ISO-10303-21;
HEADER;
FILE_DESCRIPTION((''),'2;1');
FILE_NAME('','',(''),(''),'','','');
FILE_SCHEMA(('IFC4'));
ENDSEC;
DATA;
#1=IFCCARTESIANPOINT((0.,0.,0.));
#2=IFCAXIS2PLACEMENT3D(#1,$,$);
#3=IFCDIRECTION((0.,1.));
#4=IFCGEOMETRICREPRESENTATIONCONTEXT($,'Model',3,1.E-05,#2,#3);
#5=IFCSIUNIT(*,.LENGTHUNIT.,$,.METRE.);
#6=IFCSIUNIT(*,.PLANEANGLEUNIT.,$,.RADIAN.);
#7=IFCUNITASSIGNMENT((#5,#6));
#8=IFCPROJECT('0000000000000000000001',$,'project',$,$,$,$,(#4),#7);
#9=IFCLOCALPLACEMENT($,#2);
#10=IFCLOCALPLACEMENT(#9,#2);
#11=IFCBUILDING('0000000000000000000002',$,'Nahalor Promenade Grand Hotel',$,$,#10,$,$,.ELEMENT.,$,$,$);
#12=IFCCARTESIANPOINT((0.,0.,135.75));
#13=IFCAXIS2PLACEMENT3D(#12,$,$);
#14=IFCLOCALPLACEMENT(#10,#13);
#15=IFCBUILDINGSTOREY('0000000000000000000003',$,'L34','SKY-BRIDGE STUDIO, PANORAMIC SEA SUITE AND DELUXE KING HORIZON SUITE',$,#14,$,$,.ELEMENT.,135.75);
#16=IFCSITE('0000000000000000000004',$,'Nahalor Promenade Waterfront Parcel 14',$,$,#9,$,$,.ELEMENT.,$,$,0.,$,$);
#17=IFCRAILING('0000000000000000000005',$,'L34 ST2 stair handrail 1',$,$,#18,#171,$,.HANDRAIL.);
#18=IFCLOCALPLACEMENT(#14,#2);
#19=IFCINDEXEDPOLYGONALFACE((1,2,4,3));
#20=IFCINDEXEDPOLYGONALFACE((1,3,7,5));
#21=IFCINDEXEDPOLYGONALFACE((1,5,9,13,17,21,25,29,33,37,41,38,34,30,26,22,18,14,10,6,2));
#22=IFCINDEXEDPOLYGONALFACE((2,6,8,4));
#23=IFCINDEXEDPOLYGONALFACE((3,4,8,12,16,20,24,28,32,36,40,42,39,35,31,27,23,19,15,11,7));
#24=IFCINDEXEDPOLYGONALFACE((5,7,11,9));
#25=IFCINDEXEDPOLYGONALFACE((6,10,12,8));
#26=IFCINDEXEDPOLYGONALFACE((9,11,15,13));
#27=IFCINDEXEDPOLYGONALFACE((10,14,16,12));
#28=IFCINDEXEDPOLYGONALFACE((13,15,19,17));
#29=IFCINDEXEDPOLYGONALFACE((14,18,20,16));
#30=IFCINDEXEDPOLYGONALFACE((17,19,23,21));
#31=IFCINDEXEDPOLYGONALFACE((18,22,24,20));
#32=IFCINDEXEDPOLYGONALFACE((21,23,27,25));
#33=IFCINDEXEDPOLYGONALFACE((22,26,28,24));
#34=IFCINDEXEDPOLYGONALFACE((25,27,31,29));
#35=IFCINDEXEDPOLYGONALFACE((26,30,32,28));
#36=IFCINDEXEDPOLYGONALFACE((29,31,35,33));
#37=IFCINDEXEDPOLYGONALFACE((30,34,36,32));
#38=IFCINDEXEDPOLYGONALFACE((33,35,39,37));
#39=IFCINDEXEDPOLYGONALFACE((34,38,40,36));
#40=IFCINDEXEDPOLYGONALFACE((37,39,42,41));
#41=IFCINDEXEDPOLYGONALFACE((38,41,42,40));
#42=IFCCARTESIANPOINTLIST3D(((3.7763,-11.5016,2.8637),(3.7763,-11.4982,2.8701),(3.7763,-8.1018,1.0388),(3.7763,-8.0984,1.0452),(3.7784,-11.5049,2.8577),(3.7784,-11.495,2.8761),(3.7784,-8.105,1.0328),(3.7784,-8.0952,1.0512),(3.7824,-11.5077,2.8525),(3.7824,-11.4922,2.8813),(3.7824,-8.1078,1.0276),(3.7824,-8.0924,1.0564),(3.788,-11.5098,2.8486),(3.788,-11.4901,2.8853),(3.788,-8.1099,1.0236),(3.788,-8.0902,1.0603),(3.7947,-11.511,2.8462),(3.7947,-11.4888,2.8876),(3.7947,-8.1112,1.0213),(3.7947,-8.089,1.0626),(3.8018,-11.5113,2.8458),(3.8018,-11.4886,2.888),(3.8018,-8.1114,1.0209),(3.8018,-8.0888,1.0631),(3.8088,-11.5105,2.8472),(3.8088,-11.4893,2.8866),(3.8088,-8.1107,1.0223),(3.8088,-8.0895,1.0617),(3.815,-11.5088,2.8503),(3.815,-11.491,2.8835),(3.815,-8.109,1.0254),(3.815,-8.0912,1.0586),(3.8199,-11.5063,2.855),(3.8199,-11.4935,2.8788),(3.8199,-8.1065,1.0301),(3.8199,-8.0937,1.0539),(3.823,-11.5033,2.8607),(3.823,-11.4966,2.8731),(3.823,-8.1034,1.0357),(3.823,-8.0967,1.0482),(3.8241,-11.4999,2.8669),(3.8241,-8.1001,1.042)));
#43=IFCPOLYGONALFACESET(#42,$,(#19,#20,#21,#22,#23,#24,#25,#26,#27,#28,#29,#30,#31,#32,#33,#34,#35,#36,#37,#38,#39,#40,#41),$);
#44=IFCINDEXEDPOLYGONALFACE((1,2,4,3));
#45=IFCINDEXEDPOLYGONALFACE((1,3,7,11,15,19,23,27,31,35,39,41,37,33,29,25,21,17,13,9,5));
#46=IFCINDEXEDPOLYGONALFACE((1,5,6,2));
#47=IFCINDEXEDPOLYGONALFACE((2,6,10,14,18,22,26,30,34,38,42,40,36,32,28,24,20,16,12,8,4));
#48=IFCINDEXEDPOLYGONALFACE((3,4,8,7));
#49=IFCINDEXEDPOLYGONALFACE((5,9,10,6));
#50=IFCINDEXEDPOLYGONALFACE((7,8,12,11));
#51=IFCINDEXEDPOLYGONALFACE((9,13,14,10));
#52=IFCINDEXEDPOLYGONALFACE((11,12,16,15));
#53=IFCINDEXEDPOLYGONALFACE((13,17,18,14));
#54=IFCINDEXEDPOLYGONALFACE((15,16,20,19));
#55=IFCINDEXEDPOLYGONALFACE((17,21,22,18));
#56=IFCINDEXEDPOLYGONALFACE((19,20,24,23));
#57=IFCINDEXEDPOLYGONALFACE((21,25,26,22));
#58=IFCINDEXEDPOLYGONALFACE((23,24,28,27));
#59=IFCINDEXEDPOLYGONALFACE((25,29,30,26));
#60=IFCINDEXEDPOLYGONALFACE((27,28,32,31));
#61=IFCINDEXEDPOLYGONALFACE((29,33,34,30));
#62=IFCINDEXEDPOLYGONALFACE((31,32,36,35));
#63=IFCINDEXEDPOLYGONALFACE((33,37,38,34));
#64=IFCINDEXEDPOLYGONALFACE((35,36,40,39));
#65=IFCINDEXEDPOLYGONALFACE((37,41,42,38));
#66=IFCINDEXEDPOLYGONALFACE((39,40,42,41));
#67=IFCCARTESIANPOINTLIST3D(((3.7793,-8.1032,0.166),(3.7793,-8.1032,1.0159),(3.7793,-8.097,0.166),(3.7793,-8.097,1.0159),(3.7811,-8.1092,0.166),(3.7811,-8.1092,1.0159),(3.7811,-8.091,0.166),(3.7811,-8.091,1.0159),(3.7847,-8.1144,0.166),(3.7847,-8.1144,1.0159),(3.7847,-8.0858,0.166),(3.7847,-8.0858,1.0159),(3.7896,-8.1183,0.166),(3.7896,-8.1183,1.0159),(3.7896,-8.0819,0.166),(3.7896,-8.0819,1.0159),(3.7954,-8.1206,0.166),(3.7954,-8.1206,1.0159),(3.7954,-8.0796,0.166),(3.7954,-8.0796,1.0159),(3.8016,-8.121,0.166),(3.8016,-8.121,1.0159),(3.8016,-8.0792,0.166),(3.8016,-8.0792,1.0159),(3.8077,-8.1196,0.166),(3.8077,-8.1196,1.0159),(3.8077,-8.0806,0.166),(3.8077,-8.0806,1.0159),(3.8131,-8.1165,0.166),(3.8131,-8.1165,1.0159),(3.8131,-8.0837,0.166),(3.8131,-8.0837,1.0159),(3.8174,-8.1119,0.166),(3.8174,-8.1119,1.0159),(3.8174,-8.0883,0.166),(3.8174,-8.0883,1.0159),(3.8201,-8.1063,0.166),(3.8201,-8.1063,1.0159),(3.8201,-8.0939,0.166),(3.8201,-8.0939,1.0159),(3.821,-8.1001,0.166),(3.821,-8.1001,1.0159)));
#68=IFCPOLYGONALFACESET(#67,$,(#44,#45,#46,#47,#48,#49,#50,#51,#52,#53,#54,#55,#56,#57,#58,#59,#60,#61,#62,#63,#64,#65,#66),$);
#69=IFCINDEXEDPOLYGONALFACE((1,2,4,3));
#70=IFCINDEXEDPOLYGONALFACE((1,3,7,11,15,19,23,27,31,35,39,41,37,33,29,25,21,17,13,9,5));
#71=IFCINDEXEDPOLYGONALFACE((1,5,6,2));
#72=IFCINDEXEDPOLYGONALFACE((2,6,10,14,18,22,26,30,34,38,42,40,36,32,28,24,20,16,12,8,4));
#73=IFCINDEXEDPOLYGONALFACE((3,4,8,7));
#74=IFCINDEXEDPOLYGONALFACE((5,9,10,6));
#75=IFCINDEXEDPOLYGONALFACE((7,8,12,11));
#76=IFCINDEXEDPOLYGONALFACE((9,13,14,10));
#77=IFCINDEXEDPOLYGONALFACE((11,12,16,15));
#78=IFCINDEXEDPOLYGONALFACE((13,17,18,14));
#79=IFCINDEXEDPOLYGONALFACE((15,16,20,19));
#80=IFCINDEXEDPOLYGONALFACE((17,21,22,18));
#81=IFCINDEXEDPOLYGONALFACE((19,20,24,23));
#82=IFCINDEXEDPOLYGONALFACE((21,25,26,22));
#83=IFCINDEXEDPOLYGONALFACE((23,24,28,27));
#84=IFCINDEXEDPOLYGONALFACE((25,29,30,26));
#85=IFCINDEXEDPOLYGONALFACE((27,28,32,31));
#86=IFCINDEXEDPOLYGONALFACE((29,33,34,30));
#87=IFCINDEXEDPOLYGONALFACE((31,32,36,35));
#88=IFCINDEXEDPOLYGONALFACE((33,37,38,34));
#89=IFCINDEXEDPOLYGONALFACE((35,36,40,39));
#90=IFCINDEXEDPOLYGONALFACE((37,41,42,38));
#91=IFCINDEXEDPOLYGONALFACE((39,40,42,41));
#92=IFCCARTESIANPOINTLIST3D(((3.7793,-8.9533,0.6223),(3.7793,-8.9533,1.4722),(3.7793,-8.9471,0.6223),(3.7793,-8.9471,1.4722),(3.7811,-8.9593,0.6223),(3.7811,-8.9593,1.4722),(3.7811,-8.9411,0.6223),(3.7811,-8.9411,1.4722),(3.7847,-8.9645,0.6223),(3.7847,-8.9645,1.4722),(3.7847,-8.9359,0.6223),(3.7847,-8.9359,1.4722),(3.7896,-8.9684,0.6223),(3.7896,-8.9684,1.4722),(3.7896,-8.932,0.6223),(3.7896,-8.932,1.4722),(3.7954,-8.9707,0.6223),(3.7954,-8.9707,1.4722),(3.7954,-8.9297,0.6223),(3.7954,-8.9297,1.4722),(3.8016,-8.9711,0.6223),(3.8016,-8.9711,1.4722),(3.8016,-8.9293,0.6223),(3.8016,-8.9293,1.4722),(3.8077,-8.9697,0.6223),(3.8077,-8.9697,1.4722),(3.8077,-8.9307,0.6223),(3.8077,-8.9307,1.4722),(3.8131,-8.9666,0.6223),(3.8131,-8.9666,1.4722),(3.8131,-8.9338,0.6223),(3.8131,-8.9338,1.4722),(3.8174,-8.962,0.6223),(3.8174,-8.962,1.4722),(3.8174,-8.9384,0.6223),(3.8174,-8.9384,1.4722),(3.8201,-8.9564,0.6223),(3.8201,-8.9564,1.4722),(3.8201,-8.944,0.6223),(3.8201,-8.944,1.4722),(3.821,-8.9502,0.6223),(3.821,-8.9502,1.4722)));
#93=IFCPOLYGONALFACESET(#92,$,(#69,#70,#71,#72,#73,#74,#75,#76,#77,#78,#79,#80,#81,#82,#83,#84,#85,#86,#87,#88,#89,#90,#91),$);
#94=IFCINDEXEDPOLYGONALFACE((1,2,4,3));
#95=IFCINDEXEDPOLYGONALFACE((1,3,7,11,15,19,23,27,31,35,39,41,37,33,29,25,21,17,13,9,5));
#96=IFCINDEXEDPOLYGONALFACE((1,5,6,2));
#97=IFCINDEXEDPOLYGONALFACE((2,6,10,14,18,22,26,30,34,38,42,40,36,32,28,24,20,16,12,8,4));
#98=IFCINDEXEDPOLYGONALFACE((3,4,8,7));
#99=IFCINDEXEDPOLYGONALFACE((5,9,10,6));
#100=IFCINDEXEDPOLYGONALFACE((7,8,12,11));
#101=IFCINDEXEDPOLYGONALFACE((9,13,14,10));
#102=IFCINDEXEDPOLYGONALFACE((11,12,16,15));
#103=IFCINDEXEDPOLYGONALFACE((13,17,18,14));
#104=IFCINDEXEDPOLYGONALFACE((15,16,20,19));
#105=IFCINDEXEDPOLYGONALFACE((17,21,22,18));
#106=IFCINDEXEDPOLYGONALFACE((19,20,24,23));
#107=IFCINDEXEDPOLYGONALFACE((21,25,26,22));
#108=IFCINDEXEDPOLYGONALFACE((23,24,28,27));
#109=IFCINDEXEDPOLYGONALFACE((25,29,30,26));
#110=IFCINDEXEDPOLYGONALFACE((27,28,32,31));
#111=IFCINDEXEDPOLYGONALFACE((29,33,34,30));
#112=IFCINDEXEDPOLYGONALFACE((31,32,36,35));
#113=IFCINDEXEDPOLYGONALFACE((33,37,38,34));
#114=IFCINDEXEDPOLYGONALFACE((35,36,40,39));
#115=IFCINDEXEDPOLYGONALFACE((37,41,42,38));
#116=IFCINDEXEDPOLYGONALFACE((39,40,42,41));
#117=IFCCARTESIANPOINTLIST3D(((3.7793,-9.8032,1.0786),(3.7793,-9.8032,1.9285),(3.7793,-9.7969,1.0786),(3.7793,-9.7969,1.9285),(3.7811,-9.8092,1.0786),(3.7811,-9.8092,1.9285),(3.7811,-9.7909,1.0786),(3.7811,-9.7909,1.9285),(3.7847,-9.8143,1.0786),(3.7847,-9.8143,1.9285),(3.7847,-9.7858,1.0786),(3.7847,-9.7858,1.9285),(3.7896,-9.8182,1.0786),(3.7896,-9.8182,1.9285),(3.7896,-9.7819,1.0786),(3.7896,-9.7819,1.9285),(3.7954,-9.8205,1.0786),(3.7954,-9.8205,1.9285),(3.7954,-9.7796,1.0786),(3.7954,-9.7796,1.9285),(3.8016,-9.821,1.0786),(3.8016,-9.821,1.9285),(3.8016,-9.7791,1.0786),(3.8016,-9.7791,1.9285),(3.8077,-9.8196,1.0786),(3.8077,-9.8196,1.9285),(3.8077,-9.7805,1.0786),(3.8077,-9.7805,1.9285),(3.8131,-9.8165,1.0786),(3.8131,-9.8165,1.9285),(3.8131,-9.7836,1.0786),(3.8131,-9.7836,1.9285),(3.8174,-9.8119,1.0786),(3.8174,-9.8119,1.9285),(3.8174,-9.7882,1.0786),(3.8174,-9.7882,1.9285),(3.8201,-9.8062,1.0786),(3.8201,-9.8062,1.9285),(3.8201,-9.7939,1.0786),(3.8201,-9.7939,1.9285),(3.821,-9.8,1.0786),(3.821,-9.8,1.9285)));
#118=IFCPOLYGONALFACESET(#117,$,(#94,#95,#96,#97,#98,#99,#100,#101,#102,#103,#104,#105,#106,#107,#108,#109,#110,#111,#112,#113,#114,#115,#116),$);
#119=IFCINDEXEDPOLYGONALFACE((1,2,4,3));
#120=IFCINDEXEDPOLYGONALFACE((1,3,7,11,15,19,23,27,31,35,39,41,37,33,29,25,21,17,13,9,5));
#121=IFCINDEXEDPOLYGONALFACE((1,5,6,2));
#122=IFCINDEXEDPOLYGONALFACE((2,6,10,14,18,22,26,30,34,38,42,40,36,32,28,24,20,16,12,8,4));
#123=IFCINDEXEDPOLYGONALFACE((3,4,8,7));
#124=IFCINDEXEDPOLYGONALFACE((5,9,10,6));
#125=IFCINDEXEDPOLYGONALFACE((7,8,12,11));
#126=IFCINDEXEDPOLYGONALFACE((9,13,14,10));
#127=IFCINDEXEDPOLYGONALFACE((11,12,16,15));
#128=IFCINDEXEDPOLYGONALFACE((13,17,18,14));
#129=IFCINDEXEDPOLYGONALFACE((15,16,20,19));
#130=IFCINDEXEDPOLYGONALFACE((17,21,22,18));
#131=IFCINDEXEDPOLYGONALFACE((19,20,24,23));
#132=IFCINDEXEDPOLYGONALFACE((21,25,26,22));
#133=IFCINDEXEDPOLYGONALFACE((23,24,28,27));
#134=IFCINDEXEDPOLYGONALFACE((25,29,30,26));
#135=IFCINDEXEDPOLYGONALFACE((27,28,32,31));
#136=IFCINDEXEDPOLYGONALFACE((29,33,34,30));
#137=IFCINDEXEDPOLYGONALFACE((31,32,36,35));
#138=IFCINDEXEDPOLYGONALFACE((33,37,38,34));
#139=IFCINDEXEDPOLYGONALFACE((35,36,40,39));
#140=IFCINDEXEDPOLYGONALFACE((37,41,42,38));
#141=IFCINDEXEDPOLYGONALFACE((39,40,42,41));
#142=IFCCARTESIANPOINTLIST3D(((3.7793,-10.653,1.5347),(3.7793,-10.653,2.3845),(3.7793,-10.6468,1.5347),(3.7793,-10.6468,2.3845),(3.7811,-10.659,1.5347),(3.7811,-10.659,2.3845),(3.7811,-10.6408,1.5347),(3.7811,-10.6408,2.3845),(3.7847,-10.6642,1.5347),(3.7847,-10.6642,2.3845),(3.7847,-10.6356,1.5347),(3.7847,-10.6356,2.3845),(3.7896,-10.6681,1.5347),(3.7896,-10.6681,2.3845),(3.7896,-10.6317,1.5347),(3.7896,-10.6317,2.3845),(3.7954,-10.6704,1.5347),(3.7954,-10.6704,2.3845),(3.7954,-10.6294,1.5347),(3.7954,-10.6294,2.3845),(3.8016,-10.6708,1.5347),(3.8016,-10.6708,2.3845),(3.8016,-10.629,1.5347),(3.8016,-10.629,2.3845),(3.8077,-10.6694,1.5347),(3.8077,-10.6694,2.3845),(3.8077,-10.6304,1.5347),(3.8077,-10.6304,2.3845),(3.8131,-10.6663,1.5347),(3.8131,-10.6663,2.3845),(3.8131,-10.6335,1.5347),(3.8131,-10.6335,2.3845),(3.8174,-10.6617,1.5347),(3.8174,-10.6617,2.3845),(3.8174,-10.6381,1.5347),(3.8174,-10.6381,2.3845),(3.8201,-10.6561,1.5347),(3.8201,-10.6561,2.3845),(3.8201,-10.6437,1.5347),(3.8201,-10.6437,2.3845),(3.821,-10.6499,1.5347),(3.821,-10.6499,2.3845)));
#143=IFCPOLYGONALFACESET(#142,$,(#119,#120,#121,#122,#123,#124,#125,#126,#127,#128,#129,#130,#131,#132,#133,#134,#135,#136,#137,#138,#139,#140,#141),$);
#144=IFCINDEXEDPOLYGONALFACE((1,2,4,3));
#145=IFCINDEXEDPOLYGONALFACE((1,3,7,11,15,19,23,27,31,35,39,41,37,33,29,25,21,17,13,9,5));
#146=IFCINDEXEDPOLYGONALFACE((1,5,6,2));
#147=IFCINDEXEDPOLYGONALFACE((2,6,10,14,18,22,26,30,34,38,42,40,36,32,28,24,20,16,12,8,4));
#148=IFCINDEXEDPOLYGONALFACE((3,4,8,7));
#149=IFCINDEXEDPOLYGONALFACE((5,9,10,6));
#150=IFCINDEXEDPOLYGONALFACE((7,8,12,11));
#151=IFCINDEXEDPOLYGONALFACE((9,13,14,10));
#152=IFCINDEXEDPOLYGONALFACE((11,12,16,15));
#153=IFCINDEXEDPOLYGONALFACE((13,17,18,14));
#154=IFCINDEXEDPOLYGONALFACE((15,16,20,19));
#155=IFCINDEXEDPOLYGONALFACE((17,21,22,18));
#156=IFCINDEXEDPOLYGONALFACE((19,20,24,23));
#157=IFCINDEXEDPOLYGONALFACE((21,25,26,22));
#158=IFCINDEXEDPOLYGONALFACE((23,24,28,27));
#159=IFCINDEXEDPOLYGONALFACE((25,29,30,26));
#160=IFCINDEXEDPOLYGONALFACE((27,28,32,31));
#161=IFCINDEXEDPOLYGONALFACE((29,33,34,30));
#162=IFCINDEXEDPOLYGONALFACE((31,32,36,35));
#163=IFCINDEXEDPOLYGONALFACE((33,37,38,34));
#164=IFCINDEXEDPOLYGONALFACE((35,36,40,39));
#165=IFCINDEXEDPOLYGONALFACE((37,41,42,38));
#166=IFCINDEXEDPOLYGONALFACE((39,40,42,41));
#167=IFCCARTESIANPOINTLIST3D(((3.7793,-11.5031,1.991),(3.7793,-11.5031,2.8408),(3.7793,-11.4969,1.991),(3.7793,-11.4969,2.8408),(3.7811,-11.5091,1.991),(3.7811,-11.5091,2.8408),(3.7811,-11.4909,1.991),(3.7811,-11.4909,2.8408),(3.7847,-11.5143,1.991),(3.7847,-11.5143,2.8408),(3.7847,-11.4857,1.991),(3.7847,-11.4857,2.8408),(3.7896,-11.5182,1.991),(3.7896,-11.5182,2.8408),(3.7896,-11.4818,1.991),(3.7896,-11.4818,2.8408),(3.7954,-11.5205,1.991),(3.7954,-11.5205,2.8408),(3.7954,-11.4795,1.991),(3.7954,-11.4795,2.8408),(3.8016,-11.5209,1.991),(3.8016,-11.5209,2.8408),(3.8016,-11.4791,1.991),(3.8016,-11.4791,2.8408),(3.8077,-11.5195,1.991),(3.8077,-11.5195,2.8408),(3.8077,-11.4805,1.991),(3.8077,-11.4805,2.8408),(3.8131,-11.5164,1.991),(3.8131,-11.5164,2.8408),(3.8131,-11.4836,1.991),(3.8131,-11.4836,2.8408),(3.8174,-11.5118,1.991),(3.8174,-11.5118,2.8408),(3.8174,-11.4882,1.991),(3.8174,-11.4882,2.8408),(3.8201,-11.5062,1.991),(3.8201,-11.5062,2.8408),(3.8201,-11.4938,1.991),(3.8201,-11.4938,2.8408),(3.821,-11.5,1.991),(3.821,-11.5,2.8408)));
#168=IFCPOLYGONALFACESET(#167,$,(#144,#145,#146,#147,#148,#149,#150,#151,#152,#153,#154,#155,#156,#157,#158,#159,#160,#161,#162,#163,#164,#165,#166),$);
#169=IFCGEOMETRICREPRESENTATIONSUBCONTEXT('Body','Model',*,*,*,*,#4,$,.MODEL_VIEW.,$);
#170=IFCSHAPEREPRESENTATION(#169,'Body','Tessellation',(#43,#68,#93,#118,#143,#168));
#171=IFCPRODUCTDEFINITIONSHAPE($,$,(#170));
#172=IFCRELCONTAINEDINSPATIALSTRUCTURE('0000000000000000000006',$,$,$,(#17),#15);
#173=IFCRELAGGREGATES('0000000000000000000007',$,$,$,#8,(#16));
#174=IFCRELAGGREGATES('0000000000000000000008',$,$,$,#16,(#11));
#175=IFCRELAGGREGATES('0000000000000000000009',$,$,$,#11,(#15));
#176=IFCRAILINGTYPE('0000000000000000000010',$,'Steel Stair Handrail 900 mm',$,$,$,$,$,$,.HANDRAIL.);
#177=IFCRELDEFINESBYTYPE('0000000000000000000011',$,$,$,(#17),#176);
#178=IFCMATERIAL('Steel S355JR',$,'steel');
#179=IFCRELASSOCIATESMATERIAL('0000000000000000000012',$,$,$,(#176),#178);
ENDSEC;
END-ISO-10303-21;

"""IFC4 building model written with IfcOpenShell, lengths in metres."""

from ifc_helpers import new_model, si_unit, direction, frame, origin, origin_2d, place, context, subcontext, project, spatial, circle, extrude, material, type_object, element, save


model = new_model("IFC4")

# Units and contexts
model_context = context("Model", 3, precision=1e-05, world=origin(), true_north=direction((0.0, 1.0)))
body_context = subcontext(model_context, "Body", "Model", "MODEL_VIEW")
ifc_project = project(units=[si_unit("LENGTHUNIT", "METRE"), si_unit("PLANEANGLEUNIT", "RADIAN")], contexts=[model_context])

# Site, building, storey
site_placement = place(None, origin())
site = spatial("IfcSite", under=ifc_project, at=site_placement, Name="Nahalor Promenade Waterfront Parcel 14", CompositionType="ELEMENT", RefElevation=0.0)
building_placement = place(site_placement, origin())
building = spatial("IfcBuilding", under=site, at=building_placement, Name="Nahalor Promenade Grand Hotel", CompositionType="ELEMENT")
storey_placement = place(building_placement, frame((0.0, 0.0, 135.75)))
storey = spatial("IfcBuildingStorey", under=building, at=storey_placement, Name="L34", Description="SKY-BRIDGE STUDIO, PANORAMIC SEA SUITE AND DELUXE KING HORIZON SUITE", CompositionType="ELEMENT", Elevation=135.75)

# Shared definitions
ifc_material_1 = material(Name="Steel S355JR", Category="steel")

# Railing
railing_type_1 = type_object("IfcRailingType", Name="Steel Stair Handrail 900 mm", PredefinedType="HANDRAIL", material=ifc_material_1)
railing_1_placement = place(storey_placement, frame((3.8, -8.1001, 0.166)))
element("IfcRailing", 1, at=railing_1_placement, inside=storey, type_object=railing_type_1, Name="L34 ST2 stair handrail 1", PredefinedType="HANDRAIL", context=body_context, shape_type="SweptSolid", body=[
    extrude(circle(Radius=0.024, at=origin_2d()), frame((0.0, 0.0, 0.876), z_axis=(0.0, -0.881094, 0.472941), x_axis=(1.0, 0.0, 0.0)), (0.0, 0.0, 1.0), 3.8586),
    extrude(circle(Radius=0.021, at=origin_2d()), origin(), (0.0, 0.0, 1.0), 0.8499),
    extrude(circle(Radius=0.021, at=origin_2d()), frame((0.0, -0.8501, 0.4563)), (0.0, 0.0, 1.0), 0.8499),
    extrude(circle(Radius=0.021, at=origin_2d()), frame((0.0, -1.7, 0.9126)), (0.0, 0.0, 1.0), 0.8499),
    extrude(circle(Radius=0.021, at=origin_2d()), frame((0.0, -2.5498, 1.3687)), (0.0, 0.0, 1.0), 0.8499),
    extrude(circle(Radius=0.021, at=origin_2d()), frame((0.0, -3.3999, 1.825)), (0.0, 0.0, 1.0), 0.8499),
])

save(model, "model.ifc")
